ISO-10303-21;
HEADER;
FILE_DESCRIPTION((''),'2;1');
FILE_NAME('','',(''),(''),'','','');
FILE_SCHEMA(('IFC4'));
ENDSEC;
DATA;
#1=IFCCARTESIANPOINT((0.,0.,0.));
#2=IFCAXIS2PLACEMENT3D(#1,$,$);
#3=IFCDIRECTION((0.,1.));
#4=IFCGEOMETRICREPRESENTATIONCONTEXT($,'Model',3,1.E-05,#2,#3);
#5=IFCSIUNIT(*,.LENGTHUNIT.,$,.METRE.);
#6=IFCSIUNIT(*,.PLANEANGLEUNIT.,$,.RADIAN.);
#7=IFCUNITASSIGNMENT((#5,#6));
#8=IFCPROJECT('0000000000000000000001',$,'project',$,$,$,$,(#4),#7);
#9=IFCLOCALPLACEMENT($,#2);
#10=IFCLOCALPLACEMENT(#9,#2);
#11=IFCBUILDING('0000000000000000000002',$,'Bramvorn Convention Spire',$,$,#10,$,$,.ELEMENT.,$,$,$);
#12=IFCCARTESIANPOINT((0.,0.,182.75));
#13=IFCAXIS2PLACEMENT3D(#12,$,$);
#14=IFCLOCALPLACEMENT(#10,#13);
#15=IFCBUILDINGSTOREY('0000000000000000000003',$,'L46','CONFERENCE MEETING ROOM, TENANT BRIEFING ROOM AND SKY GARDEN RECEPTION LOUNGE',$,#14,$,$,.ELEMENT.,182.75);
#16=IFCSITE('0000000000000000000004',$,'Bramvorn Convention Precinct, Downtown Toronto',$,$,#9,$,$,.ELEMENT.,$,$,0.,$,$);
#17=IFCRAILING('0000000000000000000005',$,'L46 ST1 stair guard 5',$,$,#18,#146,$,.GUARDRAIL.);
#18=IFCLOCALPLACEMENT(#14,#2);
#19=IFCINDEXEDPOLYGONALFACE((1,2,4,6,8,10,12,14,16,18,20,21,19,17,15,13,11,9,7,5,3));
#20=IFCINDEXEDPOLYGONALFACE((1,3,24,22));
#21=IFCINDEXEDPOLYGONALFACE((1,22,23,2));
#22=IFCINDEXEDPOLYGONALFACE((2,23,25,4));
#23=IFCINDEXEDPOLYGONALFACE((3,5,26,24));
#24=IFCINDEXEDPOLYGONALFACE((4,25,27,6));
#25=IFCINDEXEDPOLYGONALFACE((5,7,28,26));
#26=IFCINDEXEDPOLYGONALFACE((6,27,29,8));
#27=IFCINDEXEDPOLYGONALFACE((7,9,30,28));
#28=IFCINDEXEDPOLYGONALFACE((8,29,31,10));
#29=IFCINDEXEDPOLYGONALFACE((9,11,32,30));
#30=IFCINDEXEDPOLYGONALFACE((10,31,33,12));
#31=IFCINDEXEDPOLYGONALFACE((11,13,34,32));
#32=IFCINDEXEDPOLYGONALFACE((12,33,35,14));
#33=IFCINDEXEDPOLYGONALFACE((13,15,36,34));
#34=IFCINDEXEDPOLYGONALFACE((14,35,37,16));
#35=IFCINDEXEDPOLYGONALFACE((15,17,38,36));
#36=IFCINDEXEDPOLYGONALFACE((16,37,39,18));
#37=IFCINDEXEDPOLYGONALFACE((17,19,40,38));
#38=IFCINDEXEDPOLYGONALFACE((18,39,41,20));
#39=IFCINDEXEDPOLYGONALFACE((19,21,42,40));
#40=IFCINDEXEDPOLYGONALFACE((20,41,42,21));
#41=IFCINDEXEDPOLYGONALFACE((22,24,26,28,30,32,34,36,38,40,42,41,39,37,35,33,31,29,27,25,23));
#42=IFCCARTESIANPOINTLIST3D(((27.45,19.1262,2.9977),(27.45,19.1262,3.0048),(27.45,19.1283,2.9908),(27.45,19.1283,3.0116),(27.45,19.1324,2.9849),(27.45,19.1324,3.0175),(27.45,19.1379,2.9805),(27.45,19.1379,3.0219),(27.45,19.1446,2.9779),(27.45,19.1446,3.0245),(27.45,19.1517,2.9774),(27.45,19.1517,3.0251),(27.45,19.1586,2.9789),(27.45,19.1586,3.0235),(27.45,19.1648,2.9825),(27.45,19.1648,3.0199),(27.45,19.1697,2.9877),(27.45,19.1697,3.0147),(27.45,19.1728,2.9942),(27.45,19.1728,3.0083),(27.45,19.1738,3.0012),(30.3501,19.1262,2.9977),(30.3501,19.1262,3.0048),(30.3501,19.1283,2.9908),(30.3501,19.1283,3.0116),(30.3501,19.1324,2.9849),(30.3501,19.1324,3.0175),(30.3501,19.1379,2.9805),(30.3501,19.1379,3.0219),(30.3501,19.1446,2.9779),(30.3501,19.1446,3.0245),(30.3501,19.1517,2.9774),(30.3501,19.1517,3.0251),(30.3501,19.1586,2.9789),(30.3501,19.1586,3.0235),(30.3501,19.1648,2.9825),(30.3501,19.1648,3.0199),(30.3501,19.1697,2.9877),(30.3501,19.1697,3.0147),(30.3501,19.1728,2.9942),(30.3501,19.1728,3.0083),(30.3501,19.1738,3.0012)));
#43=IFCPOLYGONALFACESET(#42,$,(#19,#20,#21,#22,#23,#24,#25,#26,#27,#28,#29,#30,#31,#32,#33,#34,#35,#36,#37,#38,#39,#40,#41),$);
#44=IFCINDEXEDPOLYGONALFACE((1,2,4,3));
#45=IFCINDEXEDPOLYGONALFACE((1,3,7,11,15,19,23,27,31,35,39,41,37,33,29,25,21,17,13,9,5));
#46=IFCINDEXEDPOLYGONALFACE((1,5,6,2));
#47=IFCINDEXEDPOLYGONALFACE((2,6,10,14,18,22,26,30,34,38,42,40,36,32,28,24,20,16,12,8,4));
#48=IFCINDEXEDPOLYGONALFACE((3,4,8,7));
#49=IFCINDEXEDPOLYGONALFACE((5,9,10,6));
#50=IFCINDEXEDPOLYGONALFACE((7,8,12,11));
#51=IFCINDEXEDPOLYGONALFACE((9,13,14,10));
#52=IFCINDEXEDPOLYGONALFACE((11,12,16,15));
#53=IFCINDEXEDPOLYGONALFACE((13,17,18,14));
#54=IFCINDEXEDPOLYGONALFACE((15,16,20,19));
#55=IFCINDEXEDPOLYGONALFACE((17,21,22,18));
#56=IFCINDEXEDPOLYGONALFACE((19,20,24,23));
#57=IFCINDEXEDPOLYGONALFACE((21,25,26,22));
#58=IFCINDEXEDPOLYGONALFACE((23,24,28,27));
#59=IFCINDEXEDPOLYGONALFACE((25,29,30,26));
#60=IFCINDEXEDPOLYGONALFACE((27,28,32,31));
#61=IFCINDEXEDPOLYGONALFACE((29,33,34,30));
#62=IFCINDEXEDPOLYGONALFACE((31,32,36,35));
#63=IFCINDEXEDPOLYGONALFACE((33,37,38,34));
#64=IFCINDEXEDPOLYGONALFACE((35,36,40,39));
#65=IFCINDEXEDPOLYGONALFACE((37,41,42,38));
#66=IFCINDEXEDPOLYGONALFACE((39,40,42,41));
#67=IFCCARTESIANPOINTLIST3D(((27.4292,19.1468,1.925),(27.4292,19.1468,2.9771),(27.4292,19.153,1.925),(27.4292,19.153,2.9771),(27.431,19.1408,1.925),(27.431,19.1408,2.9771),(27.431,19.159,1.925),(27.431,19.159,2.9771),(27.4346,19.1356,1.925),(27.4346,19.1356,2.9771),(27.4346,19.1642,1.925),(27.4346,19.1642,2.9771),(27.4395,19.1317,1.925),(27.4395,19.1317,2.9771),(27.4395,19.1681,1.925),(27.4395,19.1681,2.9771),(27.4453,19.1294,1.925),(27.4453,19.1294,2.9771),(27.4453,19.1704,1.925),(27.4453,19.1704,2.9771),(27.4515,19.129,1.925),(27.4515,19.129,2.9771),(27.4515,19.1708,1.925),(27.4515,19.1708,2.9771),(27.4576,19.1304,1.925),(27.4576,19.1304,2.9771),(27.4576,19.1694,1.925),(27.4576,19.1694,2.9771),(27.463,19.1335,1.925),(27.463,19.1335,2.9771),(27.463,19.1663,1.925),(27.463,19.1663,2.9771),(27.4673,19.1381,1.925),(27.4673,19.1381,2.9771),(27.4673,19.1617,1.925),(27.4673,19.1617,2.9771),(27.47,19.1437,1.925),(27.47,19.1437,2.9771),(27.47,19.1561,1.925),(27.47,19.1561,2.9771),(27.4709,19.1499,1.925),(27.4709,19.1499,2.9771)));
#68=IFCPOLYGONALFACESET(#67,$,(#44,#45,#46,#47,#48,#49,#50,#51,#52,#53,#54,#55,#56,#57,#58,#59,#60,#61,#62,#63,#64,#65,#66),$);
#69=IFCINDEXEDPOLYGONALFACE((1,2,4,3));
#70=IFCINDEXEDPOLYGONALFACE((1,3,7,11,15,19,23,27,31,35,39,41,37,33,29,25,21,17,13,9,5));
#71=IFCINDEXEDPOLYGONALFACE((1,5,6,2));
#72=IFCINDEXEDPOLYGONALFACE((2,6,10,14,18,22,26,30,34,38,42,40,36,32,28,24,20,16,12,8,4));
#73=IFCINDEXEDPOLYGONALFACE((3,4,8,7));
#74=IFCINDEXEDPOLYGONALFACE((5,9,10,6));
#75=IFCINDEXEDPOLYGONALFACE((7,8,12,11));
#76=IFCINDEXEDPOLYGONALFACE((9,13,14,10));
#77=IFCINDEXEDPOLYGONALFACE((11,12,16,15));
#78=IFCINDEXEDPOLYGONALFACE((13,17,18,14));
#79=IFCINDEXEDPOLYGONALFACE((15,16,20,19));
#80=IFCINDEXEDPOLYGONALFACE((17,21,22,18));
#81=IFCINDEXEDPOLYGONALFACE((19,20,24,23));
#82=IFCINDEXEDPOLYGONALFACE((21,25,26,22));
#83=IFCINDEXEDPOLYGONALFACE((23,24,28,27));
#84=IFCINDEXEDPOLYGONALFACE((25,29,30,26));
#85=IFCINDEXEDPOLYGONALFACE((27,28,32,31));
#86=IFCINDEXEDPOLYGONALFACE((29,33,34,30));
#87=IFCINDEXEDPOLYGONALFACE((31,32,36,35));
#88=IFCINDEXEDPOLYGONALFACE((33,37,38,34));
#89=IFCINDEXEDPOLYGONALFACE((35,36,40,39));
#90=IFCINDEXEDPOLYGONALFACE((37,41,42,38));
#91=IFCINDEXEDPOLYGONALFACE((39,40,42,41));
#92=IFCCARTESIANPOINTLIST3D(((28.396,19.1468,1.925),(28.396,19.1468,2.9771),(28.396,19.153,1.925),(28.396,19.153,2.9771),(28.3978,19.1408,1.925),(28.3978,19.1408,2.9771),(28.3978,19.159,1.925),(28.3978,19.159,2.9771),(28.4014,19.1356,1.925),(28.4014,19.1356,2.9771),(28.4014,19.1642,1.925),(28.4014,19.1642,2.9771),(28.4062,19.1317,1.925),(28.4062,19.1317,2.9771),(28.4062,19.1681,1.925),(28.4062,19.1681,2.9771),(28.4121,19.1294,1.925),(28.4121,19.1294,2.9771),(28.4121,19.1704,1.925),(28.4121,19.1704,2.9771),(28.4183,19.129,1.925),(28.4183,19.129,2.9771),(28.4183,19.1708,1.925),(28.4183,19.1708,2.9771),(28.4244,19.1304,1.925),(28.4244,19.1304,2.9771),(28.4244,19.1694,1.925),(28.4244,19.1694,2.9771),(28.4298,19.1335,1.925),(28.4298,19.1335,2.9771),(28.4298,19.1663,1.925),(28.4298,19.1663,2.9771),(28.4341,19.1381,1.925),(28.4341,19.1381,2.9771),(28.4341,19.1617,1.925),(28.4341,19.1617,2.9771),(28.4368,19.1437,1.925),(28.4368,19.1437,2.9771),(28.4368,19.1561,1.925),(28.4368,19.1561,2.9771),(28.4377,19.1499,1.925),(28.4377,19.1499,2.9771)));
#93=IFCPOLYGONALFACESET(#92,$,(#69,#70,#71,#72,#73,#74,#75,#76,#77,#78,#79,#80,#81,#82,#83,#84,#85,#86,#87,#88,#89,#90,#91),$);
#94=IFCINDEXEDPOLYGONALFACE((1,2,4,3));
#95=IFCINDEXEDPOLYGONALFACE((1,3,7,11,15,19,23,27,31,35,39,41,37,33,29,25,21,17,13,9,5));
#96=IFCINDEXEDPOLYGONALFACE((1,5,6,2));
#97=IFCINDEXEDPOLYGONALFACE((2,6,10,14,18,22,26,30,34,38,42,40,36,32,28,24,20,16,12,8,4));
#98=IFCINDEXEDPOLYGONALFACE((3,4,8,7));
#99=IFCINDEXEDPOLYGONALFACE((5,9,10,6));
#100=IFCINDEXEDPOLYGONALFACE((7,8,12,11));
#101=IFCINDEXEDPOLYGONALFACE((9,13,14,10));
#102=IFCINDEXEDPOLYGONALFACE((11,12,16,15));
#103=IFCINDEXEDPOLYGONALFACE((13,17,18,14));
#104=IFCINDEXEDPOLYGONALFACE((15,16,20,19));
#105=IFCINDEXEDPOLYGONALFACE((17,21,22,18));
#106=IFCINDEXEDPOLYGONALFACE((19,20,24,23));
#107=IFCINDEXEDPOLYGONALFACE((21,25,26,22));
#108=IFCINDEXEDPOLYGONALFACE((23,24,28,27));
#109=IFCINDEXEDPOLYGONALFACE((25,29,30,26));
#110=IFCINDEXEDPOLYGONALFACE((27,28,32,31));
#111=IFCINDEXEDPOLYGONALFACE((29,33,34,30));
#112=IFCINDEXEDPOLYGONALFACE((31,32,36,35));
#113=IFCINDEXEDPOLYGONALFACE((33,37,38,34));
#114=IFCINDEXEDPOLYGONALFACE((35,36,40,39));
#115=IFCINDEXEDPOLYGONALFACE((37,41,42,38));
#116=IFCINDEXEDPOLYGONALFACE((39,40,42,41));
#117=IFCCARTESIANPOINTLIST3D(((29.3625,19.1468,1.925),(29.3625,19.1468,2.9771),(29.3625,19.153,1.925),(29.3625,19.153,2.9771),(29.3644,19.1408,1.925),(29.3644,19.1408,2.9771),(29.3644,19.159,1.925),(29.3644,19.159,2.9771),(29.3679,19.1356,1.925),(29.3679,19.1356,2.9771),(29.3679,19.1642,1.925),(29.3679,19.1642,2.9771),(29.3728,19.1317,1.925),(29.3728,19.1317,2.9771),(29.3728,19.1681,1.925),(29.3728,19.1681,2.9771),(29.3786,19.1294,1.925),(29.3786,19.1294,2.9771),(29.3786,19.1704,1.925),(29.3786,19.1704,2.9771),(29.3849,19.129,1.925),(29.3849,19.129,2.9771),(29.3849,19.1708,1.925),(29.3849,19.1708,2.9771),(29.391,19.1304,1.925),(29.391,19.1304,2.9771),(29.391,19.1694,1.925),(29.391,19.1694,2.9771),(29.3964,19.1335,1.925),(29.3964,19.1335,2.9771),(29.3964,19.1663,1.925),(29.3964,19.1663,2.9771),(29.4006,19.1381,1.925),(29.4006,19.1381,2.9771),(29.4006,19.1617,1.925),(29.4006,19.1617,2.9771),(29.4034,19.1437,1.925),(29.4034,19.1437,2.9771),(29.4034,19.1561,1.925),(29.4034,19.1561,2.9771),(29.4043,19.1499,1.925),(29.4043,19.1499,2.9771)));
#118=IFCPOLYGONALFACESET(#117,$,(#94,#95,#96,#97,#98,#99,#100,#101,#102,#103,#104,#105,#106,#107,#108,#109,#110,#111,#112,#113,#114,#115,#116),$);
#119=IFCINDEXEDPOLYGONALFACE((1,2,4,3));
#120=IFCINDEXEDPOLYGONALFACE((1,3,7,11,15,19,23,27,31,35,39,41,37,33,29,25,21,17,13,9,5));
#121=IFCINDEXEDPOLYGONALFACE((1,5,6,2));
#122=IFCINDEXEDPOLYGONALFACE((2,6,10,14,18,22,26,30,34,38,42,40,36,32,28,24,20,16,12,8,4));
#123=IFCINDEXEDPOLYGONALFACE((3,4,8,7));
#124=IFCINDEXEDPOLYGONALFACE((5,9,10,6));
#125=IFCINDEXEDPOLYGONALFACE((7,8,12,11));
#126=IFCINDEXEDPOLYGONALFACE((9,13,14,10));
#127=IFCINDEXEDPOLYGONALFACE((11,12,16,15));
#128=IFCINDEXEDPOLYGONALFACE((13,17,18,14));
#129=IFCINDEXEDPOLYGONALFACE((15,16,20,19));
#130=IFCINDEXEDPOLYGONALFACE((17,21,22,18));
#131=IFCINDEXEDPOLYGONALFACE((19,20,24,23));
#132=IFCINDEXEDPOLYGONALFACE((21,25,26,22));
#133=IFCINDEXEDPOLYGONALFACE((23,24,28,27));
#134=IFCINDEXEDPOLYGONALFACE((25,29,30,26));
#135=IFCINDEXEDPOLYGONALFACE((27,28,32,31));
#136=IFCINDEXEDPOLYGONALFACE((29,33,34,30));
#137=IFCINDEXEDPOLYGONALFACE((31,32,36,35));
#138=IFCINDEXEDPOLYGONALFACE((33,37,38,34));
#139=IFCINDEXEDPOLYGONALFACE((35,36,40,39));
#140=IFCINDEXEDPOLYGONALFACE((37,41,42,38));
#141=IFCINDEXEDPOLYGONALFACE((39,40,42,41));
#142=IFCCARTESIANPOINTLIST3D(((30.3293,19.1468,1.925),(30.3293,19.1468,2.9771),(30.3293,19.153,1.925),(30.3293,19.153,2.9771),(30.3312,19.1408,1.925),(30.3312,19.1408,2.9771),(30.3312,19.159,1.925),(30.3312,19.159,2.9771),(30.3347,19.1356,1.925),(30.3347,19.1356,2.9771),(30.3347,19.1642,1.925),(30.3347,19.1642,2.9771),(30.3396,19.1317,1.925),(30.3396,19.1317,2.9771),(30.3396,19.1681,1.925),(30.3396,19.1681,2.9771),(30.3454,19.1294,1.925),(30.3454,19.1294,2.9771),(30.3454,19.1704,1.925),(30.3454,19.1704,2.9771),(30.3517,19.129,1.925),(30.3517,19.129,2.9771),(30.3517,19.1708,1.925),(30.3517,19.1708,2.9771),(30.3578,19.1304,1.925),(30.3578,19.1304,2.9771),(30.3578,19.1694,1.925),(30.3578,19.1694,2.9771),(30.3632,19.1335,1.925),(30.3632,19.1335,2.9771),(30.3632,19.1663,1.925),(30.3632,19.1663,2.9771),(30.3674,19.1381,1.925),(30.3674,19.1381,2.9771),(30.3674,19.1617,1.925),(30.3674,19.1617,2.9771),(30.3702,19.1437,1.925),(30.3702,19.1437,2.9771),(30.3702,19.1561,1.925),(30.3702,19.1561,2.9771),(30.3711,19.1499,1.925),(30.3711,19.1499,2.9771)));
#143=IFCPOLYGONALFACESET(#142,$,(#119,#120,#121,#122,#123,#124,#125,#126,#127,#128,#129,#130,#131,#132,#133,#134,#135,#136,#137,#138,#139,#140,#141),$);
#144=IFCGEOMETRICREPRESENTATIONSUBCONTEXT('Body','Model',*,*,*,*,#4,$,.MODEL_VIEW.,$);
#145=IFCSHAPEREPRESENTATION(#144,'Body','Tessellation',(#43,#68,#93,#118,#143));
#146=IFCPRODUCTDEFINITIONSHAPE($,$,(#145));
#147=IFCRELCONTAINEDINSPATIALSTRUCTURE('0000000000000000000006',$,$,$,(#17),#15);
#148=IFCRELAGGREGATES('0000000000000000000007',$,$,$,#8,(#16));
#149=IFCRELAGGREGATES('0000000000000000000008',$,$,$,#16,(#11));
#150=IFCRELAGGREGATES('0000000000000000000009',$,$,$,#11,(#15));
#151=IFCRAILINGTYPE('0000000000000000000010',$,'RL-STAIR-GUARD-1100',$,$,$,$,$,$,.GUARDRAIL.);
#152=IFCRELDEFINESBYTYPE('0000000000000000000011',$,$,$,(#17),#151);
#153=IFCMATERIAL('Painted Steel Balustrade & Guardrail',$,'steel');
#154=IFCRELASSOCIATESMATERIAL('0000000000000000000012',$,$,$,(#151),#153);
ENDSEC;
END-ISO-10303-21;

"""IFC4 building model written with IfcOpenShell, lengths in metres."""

from ifc_helpers import new_model, si_unit, direction, frame, origin, origin_2d, place, context, subcontext, project, spatial, circle, extrude, material, type_object, element, save


model = new_model("IFC4")

# Units and contexts
model_context = context("Model", 3, precision=1e-05, world=origin(), true_north=direction((0.0, 1.0)))
body_context = subcontext(model_context, "Body", "Model", "MODEL_VIEW")
ifc_project = project(units=[si_unit("LENGTHUNIT", "METRE"), si_unit("PLANEANGLEUNIT", "RADIAN")], contexts=[model_context])

# Site, building, storey
site_placement = place(None, origin())
site = spatial("IfcSite", under=ifc_project, at=site_placement, Name="Bramvorn Convention Precinct, Downtown Toronto", CompositionType="ELEMENT", RefElevation=0.0)
building_placement = place(site_placement, origin())
building = spatial("IfcBuilding", under=site, at=building_placement, Name="Bramvorn Convention Spire", CompositionType="ELEMENT")
storey_placement = place(building_placement, frame((0.0, 0.0, 182.75)))
storey = spatial("IfcBuildingStorey", under=building, at=storey_placement, Name="L46", Description="CONFERENCE MEETING ROOM, TENANT BRIEFING ROOM AND SKY GARDEN RECEPTION LOUNGE", CompositionType="ELEMENT", Elevation=182.75)

# Railing
ifc_material_1 = material(Name="Painted Steel Balustrade & Guardrail", Category="steel")
railing_type_1 = type_object("IfcRailingType", Name="RL-STAIR-GUARD-1100", PredefinedType="GUARDRAIL", material=ifc_material_1)
railing_1_placement = place(storey_placement, frame((27.45, 19.1499, 1.925)))
element("IfcRailing", 1, at=railing_1_placement, inside=storey, type_object=railing_type_1, Name="L46 ST1 stair guard 5", PredefinedType="GUARDRAIL", context=body_context, shape_type="SweptSolid", body=[
    extrude(circle(Radius=0.0239, at=origin_2d()), frame((0.0, 0.0, 1.0762), z_axis=(1.0, 0.0, 0.0), x_axis=(0.0, 1.0, 0.0)), (0.0, 0.0, 1.0), 2.9001),
    extrude(circle(Radius=0.021, at=origin_2d()), origin(), (0.0, 0.0, 1.0), 1.052),
    extrude(circle(Radius=0.021, at=origin_2d()), frame((0.9668, 0.0, 0.0)), (0.0, 0.0, 1.0), 1.052),
    extrude(circle(Radius=0.021, at=origin_2d()), frame((1.9333, 0.0, 0.0)), (0.0, 0.0, 1.0), 1.052),
    extrude(circle(Radius=0.021, at=origin_2d()), frame((2.9001, 0.0, 0.0)), (0.0, 0.0, 1.0), 1.052),
])

save(model, "model.ifc")
